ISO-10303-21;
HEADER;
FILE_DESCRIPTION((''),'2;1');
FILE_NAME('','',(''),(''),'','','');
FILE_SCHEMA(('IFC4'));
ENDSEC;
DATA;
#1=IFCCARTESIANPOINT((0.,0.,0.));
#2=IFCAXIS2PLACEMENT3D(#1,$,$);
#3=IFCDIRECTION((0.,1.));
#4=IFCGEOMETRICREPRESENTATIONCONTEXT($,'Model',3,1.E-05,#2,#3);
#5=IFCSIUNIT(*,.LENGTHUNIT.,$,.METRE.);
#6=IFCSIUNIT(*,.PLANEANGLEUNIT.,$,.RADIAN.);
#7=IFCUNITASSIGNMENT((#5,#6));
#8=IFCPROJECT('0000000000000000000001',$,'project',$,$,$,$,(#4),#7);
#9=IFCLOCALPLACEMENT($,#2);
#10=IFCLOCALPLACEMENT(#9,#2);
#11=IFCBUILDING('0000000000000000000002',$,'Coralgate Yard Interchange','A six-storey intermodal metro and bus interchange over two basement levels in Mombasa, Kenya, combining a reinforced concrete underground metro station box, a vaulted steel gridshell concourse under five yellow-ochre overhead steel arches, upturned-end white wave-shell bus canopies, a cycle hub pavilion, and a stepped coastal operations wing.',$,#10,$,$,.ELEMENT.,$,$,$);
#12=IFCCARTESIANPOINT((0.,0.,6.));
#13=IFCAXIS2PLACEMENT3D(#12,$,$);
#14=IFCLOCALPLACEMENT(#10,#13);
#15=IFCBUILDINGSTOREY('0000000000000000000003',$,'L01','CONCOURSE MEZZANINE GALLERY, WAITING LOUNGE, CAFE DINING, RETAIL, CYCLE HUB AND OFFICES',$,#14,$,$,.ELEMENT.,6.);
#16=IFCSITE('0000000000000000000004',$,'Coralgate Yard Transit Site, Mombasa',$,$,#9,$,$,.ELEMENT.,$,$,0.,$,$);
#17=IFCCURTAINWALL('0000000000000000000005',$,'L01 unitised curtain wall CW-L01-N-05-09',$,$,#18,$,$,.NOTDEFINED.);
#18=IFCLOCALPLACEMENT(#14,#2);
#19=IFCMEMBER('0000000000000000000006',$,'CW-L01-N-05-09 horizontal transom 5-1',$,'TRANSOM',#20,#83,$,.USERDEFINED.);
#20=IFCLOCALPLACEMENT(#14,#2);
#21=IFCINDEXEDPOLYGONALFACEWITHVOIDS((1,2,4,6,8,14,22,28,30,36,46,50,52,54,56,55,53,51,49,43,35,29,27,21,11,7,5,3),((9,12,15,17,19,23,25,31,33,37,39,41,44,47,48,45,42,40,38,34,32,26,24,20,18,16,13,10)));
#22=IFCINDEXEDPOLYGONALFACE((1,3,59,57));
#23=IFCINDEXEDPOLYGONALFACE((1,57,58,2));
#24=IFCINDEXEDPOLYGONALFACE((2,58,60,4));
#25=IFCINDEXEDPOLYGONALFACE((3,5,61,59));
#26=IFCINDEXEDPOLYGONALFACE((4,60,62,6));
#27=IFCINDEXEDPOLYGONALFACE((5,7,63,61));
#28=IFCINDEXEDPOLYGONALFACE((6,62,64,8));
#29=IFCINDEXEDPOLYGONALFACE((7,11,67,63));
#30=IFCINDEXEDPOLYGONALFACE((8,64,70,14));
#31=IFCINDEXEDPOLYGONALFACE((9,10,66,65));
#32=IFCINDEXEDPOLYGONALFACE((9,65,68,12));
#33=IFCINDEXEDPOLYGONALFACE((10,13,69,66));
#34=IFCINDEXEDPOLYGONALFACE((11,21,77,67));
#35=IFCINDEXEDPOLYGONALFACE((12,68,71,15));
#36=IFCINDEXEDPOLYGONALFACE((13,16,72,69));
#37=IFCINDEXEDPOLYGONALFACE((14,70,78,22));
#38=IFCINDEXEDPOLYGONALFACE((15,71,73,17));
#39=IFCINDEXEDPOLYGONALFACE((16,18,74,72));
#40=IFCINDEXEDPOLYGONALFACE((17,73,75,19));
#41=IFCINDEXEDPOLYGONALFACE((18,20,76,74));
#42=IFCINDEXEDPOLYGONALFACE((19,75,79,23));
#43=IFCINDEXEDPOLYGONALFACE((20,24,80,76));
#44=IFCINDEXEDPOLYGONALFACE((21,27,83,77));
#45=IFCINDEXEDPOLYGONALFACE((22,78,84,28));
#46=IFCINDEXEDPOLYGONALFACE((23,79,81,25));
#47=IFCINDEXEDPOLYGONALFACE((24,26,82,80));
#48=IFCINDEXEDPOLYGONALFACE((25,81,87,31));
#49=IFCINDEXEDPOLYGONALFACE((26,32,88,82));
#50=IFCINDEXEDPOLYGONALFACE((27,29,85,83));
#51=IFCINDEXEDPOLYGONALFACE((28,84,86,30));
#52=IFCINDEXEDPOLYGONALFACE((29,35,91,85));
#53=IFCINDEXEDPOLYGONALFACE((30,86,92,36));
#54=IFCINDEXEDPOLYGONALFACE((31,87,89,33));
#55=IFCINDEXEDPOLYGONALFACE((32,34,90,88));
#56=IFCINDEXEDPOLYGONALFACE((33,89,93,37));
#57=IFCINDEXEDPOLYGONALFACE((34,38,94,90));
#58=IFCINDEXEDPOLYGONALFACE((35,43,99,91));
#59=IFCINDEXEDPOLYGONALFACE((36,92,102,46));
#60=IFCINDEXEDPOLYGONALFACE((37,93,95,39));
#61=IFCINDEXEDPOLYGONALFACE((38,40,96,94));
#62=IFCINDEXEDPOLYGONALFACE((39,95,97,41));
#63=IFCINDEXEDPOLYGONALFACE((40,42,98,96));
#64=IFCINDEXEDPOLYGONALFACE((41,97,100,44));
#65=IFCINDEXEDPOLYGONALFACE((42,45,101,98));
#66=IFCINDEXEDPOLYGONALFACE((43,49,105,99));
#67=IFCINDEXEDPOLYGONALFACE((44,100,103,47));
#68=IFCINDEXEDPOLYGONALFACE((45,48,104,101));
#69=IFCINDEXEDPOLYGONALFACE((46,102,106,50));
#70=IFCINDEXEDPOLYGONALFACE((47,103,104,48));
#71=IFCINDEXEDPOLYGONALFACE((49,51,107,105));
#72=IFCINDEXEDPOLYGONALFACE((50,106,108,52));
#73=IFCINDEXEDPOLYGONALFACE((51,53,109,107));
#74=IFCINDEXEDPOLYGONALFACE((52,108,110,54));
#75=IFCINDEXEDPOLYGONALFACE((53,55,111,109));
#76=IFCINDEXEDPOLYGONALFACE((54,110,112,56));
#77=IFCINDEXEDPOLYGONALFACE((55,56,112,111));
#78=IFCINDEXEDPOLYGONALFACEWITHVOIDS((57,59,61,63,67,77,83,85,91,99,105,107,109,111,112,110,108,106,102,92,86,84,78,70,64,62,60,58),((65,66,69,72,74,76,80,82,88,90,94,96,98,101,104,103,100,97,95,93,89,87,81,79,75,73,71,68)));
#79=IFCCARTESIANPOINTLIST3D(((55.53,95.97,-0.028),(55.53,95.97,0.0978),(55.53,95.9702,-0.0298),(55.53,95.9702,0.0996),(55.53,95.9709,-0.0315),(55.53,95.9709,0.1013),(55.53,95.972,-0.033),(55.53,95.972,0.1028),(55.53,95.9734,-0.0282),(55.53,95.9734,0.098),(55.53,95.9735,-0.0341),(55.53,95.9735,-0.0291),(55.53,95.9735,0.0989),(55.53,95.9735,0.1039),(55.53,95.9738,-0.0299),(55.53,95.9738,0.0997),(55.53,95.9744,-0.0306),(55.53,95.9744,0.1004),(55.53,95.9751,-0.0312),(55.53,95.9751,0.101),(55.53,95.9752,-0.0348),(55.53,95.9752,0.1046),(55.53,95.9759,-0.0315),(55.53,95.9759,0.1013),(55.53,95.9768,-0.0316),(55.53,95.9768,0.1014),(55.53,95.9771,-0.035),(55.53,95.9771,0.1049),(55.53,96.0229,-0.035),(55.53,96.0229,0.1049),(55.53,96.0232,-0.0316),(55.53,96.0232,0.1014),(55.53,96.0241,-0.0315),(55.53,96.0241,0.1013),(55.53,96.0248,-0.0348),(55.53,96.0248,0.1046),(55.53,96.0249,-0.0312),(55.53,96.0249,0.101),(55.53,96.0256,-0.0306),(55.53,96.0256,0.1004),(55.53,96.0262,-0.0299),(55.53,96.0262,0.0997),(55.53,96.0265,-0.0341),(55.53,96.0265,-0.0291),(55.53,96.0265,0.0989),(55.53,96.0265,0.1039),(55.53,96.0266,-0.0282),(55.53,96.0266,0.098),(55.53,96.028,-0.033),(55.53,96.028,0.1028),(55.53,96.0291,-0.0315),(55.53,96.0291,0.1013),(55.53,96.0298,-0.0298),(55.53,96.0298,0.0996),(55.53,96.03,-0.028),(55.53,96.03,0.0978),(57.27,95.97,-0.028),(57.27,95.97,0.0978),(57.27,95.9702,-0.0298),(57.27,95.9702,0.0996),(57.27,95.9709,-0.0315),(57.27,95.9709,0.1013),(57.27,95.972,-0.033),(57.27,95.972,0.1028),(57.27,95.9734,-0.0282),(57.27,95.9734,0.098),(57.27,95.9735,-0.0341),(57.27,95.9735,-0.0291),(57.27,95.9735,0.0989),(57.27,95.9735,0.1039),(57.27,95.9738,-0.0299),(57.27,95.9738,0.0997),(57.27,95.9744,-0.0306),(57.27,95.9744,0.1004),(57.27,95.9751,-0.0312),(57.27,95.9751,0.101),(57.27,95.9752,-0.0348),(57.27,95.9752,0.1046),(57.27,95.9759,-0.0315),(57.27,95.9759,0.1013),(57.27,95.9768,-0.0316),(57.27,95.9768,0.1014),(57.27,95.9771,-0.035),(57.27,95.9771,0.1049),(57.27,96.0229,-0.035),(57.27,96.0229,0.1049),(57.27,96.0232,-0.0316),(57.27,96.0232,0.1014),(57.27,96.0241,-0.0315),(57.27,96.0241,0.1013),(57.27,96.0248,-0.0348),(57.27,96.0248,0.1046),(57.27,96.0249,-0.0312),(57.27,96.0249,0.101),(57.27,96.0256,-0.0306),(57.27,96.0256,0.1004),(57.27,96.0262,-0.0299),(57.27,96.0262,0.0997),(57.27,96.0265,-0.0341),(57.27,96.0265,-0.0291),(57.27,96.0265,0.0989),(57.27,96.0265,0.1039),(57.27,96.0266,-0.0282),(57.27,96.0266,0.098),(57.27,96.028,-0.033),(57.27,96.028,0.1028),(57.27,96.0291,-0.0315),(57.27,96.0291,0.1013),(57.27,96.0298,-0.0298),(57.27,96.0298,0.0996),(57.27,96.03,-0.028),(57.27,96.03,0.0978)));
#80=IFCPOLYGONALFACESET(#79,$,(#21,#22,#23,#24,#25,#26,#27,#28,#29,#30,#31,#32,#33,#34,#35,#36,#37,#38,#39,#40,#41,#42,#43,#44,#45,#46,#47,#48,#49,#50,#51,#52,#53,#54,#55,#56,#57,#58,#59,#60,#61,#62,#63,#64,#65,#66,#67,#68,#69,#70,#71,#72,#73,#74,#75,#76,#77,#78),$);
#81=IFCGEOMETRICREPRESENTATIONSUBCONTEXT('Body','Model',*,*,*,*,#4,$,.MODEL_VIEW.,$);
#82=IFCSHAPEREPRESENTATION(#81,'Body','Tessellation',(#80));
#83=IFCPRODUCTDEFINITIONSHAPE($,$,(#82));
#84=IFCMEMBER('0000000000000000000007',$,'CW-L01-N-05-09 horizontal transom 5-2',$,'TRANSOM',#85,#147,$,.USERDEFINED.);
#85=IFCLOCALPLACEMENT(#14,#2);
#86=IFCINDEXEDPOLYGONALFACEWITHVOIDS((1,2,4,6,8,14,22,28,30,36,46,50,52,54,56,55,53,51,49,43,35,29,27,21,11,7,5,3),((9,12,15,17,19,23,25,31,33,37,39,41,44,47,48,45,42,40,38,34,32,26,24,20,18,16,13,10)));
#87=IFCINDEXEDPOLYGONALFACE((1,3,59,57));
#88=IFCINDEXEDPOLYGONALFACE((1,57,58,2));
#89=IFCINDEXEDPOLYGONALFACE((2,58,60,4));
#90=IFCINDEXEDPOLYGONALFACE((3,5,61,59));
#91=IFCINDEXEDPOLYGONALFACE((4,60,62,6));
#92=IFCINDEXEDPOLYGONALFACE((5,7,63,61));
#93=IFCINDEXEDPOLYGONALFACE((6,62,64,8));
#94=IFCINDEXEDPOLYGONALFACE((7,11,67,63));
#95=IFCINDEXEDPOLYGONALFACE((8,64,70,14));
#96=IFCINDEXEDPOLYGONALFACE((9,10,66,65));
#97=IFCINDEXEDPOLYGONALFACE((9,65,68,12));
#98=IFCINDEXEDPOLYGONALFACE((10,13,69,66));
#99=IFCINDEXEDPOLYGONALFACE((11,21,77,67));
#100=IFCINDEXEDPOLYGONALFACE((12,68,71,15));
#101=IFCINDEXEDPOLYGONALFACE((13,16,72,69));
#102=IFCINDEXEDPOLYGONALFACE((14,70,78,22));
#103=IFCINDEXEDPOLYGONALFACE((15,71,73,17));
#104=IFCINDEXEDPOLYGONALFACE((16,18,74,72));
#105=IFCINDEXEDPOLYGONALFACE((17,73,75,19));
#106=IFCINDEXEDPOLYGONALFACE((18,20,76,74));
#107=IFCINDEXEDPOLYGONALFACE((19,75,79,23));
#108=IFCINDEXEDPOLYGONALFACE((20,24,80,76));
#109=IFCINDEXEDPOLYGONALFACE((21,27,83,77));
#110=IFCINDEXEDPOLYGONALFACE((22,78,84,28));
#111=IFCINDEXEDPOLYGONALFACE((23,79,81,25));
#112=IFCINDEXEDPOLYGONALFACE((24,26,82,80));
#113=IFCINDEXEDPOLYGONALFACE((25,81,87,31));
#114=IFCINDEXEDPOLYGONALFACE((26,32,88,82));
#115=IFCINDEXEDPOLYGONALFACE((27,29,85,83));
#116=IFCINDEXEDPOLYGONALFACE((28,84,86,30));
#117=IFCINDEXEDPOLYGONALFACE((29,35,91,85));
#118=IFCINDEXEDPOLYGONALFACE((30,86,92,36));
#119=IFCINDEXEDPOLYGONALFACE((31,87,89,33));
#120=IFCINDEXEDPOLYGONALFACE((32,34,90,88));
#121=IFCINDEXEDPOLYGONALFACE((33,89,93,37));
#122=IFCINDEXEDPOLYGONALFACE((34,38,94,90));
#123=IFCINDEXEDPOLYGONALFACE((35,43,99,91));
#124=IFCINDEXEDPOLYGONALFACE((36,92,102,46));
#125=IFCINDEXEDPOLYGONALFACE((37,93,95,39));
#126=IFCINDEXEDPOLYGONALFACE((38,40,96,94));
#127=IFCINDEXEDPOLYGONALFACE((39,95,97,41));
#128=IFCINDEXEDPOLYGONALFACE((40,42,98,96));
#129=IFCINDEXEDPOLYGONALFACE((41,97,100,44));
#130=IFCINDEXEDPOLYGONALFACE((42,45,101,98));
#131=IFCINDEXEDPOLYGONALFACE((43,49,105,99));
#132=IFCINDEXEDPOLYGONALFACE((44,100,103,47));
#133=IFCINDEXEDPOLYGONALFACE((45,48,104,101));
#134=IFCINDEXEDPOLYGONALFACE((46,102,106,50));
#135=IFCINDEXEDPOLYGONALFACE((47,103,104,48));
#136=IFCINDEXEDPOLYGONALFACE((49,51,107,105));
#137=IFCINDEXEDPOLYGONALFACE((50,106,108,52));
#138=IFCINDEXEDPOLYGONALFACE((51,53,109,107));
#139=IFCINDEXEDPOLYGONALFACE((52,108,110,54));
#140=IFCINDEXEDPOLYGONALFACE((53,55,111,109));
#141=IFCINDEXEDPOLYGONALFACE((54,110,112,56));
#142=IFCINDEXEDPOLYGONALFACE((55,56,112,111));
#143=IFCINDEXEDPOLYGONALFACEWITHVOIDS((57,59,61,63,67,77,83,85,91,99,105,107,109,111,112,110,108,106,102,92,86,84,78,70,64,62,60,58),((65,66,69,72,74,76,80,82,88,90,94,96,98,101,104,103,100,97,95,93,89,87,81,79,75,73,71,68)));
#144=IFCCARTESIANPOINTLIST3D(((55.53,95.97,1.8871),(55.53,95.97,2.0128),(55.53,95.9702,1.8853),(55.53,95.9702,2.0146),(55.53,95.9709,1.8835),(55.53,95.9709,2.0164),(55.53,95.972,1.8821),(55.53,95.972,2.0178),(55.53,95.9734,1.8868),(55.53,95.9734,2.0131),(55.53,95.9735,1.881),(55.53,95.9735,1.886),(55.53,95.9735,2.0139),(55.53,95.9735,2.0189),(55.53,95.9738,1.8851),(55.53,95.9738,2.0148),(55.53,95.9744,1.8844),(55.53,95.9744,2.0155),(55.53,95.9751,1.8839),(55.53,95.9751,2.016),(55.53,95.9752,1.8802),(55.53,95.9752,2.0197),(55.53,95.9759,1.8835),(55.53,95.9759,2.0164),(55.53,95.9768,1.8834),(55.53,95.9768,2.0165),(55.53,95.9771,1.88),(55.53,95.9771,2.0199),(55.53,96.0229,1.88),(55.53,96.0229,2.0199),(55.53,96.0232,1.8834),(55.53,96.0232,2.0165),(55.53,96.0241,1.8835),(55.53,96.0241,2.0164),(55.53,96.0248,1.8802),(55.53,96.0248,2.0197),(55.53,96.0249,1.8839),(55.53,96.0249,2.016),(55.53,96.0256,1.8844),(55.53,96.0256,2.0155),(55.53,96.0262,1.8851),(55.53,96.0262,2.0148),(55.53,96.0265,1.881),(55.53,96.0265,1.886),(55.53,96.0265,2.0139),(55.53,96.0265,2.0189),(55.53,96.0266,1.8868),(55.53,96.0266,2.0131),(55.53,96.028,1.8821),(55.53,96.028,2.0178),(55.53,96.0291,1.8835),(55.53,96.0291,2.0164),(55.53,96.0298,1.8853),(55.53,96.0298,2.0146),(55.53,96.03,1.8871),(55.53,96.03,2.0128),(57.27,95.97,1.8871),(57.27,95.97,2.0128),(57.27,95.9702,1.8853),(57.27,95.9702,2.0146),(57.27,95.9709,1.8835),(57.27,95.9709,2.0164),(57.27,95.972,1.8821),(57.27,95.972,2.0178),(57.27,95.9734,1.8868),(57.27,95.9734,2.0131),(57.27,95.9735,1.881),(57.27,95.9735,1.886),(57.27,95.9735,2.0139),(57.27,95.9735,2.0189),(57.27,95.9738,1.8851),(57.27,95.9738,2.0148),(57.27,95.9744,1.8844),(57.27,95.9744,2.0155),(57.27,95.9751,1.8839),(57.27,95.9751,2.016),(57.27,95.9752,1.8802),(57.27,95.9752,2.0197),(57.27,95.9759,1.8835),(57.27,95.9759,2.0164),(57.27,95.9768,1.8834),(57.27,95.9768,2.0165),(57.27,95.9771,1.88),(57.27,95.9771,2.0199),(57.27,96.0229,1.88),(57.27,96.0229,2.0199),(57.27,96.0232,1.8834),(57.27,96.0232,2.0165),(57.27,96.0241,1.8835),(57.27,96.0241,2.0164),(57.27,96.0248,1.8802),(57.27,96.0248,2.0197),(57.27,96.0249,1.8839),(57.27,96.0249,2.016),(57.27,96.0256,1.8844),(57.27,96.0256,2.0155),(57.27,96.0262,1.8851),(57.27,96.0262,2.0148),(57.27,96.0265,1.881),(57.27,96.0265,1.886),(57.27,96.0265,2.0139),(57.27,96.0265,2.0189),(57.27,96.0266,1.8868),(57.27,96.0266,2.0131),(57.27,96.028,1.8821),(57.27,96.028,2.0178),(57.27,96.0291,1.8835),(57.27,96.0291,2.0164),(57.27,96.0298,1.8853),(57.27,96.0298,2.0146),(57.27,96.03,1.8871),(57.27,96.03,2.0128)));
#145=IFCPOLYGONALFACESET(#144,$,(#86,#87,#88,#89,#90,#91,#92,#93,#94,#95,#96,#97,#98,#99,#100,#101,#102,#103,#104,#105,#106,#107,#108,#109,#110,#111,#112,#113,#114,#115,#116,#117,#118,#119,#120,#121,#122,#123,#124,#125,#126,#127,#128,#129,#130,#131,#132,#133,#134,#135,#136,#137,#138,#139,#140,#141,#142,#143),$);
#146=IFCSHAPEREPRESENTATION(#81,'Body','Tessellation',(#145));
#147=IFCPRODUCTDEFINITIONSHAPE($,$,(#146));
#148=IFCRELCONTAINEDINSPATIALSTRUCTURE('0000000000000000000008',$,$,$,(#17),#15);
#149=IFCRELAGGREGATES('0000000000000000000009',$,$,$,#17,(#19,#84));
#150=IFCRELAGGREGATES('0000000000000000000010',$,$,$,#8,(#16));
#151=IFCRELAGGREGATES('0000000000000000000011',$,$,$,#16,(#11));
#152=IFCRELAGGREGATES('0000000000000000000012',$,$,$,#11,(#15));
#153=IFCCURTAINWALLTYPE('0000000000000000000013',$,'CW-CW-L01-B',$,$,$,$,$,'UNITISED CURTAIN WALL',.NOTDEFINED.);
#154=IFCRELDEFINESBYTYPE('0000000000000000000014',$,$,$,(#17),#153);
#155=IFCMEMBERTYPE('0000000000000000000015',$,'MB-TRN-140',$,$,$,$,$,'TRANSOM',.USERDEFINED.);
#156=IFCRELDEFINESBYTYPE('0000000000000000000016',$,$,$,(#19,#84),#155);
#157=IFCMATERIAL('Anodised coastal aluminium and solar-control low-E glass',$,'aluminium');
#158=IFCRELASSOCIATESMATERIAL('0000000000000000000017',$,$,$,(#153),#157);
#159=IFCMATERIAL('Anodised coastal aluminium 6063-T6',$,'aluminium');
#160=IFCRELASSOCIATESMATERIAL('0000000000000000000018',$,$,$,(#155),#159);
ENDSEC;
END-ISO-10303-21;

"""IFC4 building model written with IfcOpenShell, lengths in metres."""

from ifc_helpers import new_model, si_unit, direction, frame, origin, origin_2d, place, context, subcontext, project, spatial, hollow_rectangle, extrude, material, material_profile, profile_set, type_object, element, aggregate, save


model = new_model("IFC4")

# Units and contexts
model_context = context("Model", 3, precision=1e-05, world=origin(), true_north=direction((0.0, 1.0)))
body_context = subcontext(model_context, "Body", "Model", "MODEL_VIEW")
ifc_project = project(units=[si_unit("LENGTHUNIT", "METRE"), si_unit("PLANEANGLEUNIT", "RADIAN")], contexts=[model_context])

# Site, building, storey
site_placement = place(None, origin())
site = spatial("IfcSite", under=ifc_project, at=site_placement, Name="Coralgate Yard Transit Site, Mombasa", CompositionType="ELEMENT", RefElevation=0.0)
building_placement = place(site_placement, origin())
building = spatial("IfcBuilding", under=site, at=building_placement, Name="Coralgate Yard Interchange", Description="A six-storey intermodal metro and bus interchange over two basement levels in Mombasa, Kenya, combining a reinforced concrete underground metro station box, a vaulted steel gridshell concourse under five yellow-ochre overhead steel arches, upturned-end white wave-shell bus canopies, a cycle hub pavilion, and a stepped coastal operations wing.", CompositionType="ELEMENT")
storey_placement = place(building_placement, frame((0.0, 0.0, 6.0)))
storey = spatial("IfcBuildingStorey", under=building, at=storey_placement, Name="L01", Description="CONCOURSE MEZZANINE GALLERY, WAITING LOUNGE, CAFE DINING, RETAIL, CYCLE HUB AND OFFICES", CompositionType="ELEMENT", Elevation=6.0)

# Curtain wall, members
ifc_material_1 = material(Name="Anodised coastal aluminium and solar-control low-E glass", Category="aluminium")
curtain_wall_type = type_object("IfcCurtainWallType", Name="CW-CW-L01-B", ElementType="UNITISED CURTAIN WALL", PredefinedType="NOTDEFINED", material=ifc_material_1)
curtain_wall_placement = place(storey_placement, origin())
curtain_wall = element("IfcCurtainWall", 1, at=curtain_wall_placement, inside=storey, type_object=curtain_wall_type, Name="L01 unitised curtain wall CW-L01-N-05-09", PredefinedType="NOTDEFINED")
ifc_material_2 = material(Name="Anodised coastal aluminium 6063-T6", Category="aluminium")
ifc_material_profile_1 = material_profile(ifc_material_2, hollow_rectangle(XDim=0.0601, YDim=0.1399, WallThickness=0.0034, InnerFilletRadius=0.0034, OuterFilletRadius=0.0071, at=origin_2d()), Name="ALU 60x140x3.5")
ifc_profile_set_1 = profile_set([ifc_material_profile_1], Name="Anodised coastal aluminium 6063-T6")
member_type_1 = type_object("IfcMemberType", Name="MB-TRN-140", ElementType="TRANSOM", PredefinedType="USERDEFINED", material=ifc_profile_set_1)
member_1_placement = place(storey_placement, frame((55.53, 96.0, 0.0349), z_axis=(1.0, 0.0, 0.0), x_axis=(0.0, 1.0, 0.0)))
member_1 = element("IfcMember", 2, at=member_1_placement, type_object=member_type_1, Name="CW-L01-N-05-09 horizontal transom 5-1", ObjectType="TRANSOM", PredefinedType="USERDEFINED", context=body_context, shape_type="SweptSolid", body=[
    extrude(hollow_rectangle(XDim=0.0601, YDim=0.1399, WallThickness=0.0034, InnerFilletRadius=0.0034, OuterFilletRadius=0.0071, at=origin_2d()), origin(), (0.0, 0.0, 1.0), 1.74),
])
member_2_placement = place(storey_placement, frame((55.53, 96.0, 1.95), z_axis=(1.0, 0.0, 0.0), x_axis=(0.0, 1.0, 0.0)))
member_2 = element("IfcMember", 3, at=member_2_placement, type_object=member_type_1, Name="CW-L01-N-05-09 horizontal transom 5-2", ObjectType="TRANSOM", PredefinedType="USERDEFINED", context=body_context, shape_type="SweptSolid", body=[
    extrude(hollow_rectangle(XDim=0.0601, YDim=0.1399, WallThickness=0.0034, InnerFilletRadius=0.0034, OuterFilletRadius=0.0071, at=origin_2d()), origin(), (0.0, 0.0, 1.0), 1.74),
])
aggregate(curtain_wall, [member_1, member_2])

save(model, "model.ifc")
